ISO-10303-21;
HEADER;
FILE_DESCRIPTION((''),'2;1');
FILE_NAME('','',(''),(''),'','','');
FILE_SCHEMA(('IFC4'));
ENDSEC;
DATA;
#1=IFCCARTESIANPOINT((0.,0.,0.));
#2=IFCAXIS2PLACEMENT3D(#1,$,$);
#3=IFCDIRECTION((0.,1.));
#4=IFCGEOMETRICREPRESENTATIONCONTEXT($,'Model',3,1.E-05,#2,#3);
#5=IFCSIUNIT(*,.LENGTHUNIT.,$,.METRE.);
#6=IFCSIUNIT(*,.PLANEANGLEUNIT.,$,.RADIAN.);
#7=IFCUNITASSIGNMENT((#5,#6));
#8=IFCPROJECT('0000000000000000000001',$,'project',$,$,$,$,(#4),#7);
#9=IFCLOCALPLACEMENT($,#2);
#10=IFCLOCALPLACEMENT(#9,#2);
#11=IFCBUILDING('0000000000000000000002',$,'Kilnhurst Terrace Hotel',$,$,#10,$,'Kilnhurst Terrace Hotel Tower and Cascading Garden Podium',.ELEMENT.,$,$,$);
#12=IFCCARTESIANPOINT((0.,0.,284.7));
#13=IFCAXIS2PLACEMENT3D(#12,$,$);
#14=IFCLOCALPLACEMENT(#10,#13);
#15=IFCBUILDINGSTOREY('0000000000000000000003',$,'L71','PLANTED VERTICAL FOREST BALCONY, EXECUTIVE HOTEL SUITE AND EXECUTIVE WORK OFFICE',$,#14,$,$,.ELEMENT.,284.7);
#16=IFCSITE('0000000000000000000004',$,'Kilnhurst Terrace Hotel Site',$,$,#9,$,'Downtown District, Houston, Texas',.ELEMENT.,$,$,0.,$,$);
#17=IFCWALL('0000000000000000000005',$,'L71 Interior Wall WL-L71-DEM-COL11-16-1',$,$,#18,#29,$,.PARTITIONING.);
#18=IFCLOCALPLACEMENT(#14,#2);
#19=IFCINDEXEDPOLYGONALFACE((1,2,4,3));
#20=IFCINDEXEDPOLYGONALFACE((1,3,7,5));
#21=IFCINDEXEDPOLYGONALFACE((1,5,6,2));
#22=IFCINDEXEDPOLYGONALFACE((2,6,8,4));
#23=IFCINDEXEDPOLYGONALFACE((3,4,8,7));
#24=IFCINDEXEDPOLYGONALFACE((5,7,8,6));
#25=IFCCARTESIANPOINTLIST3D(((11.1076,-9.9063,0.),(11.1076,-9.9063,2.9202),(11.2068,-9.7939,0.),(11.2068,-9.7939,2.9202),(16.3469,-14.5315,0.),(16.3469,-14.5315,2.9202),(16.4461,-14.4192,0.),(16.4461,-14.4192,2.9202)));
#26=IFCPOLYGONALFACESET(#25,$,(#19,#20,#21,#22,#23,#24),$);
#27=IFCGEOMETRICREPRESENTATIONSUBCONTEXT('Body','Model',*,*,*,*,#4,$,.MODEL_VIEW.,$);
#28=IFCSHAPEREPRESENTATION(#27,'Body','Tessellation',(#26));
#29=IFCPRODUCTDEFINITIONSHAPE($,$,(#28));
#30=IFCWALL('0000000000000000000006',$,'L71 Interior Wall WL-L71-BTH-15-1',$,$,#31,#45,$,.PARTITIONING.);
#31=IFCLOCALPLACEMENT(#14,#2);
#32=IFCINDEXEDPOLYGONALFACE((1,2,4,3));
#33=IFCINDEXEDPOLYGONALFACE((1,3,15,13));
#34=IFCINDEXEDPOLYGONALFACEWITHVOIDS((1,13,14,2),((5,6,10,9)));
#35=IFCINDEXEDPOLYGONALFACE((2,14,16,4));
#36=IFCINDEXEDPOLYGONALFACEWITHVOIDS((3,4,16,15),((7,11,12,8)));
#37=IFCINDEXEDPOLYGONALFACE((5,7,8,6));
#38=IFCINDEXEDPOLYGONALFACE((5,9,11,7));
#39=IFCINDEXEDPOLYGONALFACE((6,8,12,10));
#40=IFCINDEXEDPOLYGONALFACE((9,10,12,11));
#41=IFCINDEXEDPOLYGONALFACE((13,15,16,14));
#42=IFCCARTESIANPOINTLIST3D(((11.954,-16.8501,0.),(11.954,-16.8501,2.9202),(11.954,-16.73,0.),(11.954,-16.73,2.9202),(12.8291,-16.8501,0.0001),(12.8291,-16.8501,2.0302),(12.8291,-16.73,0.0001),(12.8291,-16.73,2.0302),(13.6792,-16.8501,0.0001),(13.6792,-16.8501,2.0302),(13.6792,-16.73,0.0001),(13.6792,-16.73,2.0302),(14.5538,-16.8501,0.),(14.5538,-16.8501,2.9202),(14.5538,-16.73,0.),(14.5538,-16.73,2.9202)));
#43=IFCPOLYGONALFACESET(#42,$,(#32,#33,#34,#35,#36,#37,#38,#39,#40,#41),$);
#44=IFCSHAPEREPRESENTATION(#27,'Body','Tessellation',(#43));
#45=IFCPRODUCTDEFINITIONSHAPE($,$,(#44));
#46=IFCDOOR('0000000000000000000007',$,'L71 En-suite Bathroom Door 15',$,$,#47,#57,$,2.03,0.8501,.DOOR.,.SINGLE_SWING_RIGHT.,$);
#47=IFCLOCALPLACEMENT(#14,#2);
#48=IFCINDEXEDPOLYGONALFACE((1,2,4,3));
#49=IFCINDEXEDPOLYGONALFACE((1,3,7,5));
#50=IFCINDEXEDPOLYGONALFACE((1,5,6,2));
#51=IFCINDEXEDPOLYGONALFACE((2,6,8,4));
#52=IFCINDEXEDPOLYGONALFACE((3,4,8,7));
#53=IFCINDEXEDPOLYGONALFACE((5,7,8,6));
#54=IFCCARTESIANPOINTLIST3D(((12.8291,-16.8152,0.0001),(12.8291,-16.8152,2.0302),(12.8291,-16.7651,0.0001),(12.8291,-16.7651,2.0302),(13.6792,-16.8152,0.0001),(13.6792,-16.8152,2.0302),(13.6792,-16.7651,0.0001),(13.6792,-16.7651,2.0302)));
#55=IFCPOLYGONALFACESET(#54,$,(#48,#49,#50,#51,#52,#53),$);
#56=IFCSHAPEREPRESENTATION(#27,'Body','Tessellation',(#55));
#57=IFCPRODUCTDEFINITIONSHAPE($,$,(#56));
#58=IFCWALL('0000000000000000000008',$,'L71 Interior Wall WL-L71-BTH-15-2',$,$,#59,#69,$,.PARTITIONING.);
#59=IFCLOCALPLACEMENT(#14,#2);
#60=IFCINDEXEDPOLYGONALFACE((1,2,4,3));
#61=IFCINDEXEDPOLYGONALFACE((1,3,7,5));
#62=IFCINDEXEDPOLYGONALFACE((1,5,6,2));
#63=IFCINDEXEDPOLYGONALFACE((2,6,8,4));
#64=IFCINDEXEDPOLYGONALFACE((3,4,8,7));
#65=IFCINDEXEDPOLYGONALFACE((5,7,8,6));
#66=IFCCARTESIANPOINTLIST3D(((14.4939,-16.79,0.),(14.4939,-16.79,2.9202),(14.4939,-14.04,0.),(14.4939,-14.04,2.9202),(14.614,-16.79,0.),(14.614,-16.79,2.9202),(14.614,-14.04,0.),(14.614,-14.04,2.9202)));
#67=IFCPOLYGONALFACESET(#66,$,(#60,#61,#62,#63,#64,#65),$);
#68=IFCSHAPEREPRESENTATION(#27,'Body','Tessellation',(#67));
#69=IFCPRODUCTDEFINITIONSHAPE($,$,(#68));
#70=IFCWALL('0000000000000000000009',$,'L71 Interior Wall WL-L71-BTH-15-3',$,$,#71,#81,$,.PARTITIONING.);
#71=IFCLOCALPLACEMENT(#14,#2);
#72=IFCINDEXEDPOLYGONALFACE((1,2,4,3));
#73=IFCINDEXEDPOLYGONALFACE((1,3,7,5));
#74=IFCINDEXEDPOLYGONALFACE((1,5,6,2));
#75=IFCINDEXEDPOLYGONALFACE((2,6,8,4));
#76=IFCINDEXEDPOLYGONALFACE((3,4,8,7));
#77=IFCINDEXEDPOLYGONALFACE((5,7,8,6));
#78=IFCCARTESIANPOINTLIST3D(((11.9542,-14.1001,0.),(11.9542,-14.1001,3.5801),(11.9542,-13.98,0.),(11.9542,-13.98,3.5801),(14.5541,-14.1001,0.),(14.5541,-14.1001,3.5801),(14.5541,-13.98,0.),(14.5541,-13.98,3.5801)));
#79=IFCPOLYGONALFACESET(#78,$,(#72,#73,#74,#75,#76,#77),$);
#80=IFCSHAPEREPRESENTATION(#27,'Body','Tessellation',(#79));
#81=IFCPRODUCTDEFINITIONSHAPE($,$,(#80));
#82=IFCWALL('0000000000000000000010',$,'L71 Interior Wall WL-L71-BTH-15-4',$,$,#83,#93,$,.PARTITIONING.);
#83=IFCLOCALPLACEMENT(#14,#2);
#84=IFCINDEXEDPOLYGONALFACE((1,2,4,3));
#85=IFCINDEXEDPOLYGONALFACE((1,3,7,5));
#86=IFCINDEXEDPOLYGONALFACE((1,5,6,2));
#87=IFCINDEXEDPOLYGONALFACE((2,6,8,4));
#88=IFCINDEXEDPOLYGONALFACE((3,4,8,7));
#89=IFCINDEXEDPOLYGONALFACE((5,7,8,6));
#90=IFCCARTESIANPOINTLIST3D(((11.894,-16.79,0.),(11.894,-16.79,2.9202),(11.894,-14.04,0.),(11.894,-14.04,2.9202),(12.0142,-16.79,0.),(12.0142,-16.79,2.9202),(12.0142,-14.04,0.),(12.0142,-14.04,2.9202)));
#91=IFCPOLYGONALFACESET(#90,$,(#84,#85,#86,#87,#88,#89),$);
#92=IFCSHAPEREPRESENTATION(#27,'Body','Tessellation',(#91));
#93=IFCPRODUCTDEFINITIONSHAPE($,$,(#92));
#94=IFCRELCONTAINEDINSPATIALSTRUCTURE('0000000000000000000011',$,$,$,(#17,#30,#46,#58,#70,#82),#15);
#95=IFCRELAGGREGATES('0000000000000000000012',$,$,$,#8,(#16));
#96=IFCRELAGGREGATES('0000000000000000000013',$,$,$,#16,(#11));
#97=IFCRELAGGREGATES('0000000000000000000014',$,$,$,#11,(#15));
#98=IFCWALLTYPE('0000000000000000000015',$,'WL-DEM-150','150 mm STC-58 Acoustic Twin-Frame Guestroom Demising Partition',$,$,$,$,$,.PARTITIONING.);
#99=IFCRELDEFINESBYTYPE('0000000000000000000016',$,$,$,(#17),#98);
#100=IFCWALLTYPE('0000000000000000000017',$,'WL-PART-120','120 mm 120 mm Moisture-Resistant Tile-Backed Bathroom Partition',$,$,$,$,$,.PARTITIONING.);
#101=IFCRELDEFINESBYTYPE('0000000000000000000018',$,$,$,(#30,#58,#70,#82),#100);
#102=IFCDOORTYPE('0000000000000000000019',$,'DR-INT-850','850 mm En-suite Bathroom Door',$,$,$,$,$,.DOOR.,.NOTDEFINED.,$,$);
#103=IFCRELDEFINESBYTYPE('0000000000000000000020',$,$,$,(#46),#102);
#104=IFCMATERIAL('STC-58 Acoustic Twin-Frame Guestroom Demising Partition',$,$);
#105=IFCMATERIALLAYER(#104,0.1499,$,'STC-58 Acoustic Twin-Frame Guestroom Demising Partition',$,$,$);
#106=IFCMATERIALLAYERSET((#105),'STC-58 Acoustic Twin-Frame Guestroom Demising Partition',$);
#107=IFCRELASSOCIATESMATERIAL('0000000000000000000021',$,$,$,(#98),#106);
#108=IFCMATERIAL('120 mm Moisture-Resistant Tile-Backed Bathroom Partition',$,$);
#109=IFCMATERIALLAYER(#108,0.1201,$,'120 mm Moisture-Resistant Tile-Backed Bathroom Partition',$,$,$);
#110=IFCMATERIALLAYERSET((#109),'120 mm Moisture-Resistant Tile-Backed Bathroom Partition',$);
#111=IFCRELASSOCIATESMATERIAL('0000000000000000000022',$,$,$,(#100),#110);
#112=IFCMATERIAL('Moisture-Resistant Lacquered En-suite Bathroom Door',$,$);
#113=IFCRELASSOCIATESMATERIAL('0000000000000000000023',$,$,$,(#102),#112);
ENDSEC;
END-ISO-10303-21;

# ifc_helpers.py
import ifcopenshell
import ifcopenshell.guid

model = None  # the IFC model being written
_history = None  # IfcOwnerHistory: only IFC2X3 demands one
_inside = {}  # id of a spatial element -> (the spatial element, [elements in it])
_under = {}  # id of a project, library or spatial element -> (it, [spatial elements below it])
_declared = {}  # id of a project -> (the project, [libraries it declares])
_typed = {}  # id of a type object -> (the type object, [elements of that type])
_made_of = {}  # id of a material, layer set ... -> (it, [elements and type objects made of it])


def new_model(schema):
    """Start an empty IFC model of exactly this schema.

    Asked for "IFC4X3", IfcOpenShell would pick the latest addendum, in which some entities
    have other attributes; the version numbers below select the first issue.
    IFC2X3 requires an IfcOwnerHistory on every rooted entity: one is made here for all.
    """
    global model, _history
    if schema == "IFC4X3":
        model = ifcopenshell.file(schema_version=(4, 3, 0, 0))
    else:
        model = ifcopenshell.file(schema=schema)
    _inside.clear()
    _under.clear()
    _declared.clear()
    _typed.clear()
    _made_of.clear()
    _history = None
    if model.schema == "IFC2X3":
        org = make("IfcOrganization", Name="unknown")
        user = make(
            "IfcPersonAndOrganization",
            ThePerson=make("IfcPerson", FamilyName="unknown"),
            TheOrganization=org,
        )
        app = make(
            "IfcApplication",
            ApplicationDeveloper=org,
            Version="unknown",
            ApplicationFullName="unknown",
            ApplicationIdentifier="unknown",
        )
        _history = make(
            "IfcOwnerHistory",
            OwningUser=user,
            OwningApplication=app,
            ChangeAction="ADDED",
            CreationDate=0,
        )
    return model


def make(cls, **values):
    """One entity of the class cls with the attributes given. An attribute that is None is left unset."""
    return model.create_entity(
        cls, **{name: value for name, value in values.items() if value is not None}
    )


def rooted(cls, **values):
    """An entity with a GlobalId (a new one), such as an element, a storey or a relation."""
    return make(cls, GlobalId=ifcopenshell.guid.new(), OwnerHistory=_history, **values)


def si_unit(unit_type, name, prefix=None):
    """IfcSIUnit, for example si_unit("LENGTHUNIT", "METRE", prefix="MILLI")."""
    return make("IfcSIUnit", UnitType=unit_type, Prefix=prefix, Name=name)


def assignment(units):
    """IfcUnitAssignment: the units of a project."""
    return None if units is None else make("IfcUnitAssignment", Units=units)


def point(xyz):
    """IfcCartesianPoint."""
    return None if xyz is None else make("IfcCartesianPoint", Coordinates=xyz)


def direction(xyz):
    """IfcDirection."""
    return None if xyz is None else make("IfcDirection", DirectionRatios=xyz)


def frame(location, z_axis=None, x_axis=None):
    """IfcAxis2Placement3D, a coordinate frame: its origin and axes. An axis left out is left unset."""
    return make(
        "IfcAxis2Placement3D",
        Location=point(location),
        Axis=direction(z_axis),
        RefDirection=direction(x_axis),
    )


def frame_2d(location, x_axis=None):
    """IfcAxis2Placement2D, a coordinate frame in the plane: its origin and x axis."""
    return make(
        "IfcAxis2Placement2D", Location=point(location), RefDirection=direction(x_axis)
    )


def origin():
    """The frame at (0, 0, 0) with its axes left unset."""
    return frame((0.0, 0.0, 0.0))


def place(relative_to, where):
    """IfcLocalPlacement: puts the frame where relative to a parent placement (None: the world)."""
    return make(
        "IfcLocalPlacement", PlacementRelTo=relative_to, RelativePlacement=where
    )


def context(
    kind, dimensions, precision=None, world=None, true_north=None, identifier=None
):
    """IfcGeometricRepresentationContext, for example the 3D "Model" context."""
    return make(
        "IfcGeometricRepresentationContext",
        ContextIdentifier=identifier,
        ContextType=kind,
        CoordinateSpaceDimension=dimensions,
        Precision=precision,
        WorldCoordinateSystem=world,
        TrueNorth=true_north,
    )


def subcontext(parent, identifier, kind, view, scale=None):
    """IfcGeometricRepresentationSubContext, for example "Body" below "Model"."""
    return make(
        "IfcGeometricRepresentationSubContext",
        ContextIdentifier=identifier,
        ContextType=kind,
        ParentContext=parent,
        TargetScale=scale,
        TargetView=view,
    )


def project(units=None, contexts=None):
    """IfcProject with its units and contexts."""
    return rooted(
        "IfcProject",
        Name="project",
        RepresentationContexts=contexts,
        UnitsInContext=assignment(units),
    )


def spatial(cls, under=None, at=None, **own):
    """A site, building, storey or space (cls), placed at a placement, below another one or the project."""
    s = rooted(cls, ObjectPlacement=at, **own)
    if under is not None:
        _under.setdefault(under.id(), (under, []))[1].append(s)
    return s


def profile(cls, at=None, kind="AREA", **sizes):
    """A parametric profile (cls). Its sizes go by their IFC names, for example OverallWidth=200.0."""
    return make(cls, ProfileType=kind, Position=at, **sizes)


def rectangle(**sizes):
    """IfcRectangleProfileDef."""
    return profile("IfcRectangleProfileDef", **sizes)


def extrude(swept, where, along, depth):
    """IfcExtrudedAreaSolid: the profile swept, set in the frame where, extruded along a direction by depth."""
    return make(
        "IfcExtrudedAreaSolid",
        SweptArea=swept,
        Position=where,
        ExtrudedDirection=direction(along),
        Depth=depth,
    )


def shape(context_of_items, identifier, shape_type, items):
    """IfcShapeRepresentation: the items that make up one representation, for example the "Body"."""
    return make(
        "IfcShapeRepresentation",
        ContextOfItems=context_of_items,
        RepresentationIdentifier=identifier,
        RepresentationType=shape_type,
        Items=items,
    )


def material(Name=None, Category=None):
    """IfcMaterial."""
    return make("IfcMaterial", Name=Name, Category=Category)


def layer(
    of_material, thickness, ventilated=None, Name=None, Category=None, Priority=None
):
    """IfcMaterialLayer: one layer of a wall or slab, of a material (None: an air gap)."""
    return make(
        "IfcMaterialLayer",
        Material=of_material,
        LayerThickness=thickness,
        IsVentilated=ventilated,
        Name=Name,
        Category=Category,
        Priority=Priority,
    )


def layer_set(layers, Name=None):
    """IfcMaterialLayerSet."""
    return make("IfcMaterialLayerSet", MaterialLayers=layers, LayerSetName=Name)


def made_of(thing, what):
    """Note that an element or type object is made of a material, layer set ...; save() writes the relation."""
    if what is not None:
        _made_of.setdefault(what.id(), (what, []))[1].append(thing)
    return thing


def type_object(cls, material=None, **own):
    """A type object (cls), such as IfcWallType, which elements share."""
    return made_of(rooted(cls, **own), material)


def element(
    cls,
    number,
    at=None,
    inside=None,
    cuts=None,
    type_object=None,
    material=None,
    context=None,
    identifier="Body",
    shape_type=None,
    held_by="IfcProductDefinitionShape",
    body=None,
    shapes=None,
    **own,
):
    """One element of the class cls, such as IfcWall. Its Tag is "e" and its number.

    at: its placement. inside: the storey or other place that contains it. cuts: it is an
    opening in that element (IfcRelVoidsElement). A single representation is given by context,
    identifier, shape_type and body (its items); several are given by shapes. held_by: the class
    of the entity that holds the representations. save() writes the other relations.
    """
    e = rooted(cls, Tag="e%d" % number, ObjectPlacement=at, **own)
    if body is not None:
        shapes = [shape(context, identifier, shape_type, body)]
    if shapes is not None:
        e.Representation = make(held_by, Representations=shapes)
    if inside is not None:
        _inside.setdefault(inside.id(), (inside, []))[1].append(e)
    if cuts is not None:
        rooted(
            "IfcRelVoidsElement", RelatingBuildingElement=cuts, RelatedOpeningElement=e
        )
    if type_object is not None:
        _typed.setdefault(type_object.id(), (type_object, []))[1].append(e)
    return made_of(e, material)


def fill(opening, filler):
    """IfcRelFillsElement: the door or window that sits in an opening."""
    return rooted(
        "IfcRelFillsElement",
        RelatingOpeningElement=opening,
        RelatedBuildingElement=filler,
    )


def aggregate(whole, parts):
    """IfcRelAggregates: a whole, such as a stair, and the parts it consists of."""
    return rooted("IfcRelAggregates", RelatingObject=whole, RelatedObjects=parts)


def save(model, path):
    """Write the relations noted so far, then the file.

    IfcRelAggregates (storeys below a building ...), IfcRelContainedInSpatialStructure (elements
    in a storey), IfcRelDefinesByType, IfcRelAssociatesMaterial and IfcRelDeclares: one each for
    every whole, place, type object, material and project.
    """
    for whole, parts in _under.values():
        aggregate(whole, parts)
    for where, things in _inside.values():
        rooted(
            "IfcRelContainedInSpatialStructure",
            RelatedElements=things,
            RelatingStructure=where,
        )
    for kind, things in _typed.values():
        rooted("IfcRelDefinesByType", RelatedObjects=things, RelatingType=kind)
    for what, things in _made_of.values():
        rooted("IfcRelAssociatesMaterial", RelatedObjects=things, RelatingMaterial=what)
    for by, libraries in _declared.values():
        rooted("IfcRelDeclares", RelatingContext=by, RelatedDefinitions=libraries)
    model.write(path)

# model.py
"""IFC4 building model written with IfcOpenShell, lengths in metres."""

from ifc_helpers import new_model, si_unit, direction, frame, frame_2d, origin, place, context, subcontext, project, spatial, rectangle, extrude, material, layer, layer_set, type_object, element, fill, save


model = new_model("IFC4")

# Units and contexts
model_context = context("Model", 3, precision=1e-05, world=origin(), true_north=direction((0.0, 1.0)))
body_context = subcontext(model_context, "Body", "Model", "MODEL_VIEW")
ifc_project = project(units=[si_unit("LENGTHUNIT", "METRE"), si_unit("PLANEANGLEUNIT", "RADIAN")], contexts=[model_context])

# Site, building, storey
site_placement = place(None, origin())
site = spatial("IfcSite", under=ifc_project, at=site_placement, Name="Kilnhurst Terrace Hotel Site", LongName="Downtown District, Houston, Texas", CompositionType="ELEMENT", RefElevation=0.0)
building_placement = place(site_placement, origin())
building = spatial("IfcBuilding", under=site, at=building_placement, Name="Kilnhurst Terrace Hotel", LongName="Kilnhurst Terrace Hotel Tower and Cascading Garden Podium", CompositionType="ELEMENT")
storey_placement = place(building_placement, frame((0.0, 0.0, 284.7)))
storey = spatial("IfcBuildingStorey", under=building, at=storey_placement, Name="L71", Description="PLANTED VERTICAL FOREST BALCONY, EXECUTIVE HOTEL SUITE AND EXECUTIVE WORK OFFICE", CompositionType="ELEMENT", Elevation=284.7)

# Wall
ifc_material_1 = material(Name="STC-58 Acoustic Twin-Frame Guestroom Demising Partition")
ifc_layer_1 = layer(ifc_material_1, 0.1499, Name="STC-58 Acoustic Twin-Frame Guestroom Demising Partition")
ifc_layer_set_1 = layer_set([ifc_layer_1], Name="STC-58 Acoustic Twin-Frame Guestroom Demising Partition")
wall_type_1 = type_object("IfcWallType", Name="WL-DEM-150", Description="150 mm STC-58 Acoustic Twin-Frame Guestroom Demising Partition", PredefinedType="PARTITIONING", material=ifc_layer_set_1)
wall_1_placement = place(storey_placement, frame((11.1572, -9.8501, 0.0), z_axis=(0.0, 0.0, 1.0), x_axis=(0.74967, -0.661812, 0.0)))
element("IfcWall", 1, at=wall_1_placement, inside=storey, type_object=wall_type_1, Name="L71 Interior Wall WL-L71-DEM-COL11-16-1", PredefinedType="PARTITIONING", context=body_context, shape_type="SweptSolid", body=[
    extrude(rectangle(XDim=6.9888, YDim=0.1499, at=frame_2d((3.4944, 0.0))), origin(), (0.0, 0.0, 1.0), 2.9202),
])

# Wall, opening, door
ifc_material_2 = material(Name="120 mm Moisture-Resistant Tile-Backed Bathroom Partition")
ifc_layer_2 = layer(ifc_material_2, 0.1201, Name="120 mm Moisture-Resistant Tile-Backed Bathroom Partition")
ifc_layer_set_2 = layer_set([ifc_layer_2], Name="120 mm Moisture-Resistant Tile-Backed Bathroom Partition")
wall_type_2 = type_object("IfcWallType", Name="WL-PART-120", Description="120 mm 120 mm Moisture-Resistant Tile-Backed Bathroom Partition", PredefinedType="PARTITIONING", material=ifc_layer_set_2)
wall_2_placement = place(storey_placement, frame((11.9541, -16.79, 0.0), z_axis=(0.0, 0.0, 1.0), x_axis=(1.0, 0.0, 0.0)))
wall_2 = element("IfcWall", 2, at=wall_2_placement, inside=storey, type_object=wall_type_2, Name="L71 Interior Wall WL-L71-BTH-15-1", PredefinedType="PARTITIONING", context=body_context, shape_type="SweptSolid", body=[
    extrude(rectangle(XDim=2.5999, YDim=0.1201, at=frame_2d((1.2998, 0.0))), origin(), (0.0, 0.0, 1.0), 2.9202),
])
opening_1_placement = place(wall_2_placement, frame((0.875, 0.0, 0.0)))
opening_1 = element("IfcOpeningElement", 3, at=opening_1_placement, cuts=wall_2, PredefinedType="OPENING", context=body_context, shape_type="SweptSolid", body=[
    extrude(rectangle(XDim=0.8501, YDim=2.03, at=frame_2d((0.425, 1.0151))), frame((0.0, 0.0701, 0.0), z_axis=(0.0, -1.0, 0.0), x_axis=(1.0, 0.0, 0.0)), (0.0, 0.0, 1.0), 0.1401),
])
ifc_material_3 = material(Name="Moisture-Resistant Lacquered En-suite Bathroom Door")
door_type_1 = type_object("IfcDoorType", Name="DR-INT-850", Description="850 mm En-suite Bathroom Door", OperationType="NOTDEFINED", PredefinedType="DOOR", material=ifc_material_3)
door_1_placement = place(opening_1_placement, origin())
door_1 = element("IfcDoor", 4, at=door_1_placement, inside=storey, type_object=door_type_1, Name="L71 En-suite Bathroom Door 15", OperationType="SINGLE_SWING_RIGHT", OverallHeight=2.03, OverallWidth=0.8501, PredefinedType="DOOR", context=body_context, shape_type="SweptSolid", body=[
    extrude(rectangle(XDim=0.8501, YDim=2.03, at=frame_2d((0.425, 1.0151))), frame((0.0, 0.0249, 0.0), z_axis=(0.0, -1.0, 0.0), x_axis=(1.0, 0.0, 0.0)), (0.0, 0.0, 1.0), 0.05),
])
fill(opening_1, door_1)

# Walls
wall_3_placement = place(storey_placement, frame((14.554, -16.79, 0.0), z_axis=(0.0, 0.0, 1.0), x_axis=(0.0, 1.0, 0.0)))
element("IfcWall", 5, at=wall_3_placement, inside=storey, type_object=wall_type_2, Name="L71 Interior Wall WL-L71-BTH-15-2", PredefinedType="PARTITIONING", context=body_context, shape_type="SweptSolid", body=[
    extrude(rectangle(XDim=2.75, YDim=0.1201, at=frame_2d((1.375, 0.0))), origin(), (0.0, 0.0, 1.0), 2.9202),
])
wall_4_placement = place(storey_placement, frame((14.554, -14.04, 0.0), z_axis=(0.0, 0.0, 1.0), x_axis=(-1.0, 0.0, 0.0)))
element("IfcWall", 6, at=wall_4_placement, inside=storey, type_object=wall_type_2, Name="L71 Interior Wall WL-L71-BTH-15-3", PredefinedType="PARTITIONING", context=body_context, shape_type="SweptSolid", body=[
    extrude(rectangle(XDim=2.5999, YDim=0.1201, at=frame_2d((1.2998, 0.0))), origin(), (0.0, 0.0, 1.0), 3.5801),
])
wall_5_placement = place(storey_placement, frame((11.9541, -14.04, 0.0), z_axis=(0.0, 0.0, 1.0), x_axis=(0.0, -1.0, 0.0)))
element("IfcWall", 7, at=wall_5_placement, inside=storey, type_object=wall_type_2, Name="L71 Interior Wall WL-L71-BTH-15-4", PredefinedType="PARTITIONING", context=body_context, shape_type="SweptSolid", body=[
    extrude(rectangle(XDim=2.75, YDim=0.1201, at=frame_2d((1.375, 0.0))), origin(), (0.0, 0.0, 1.0), 2.9202),
])

save(model, "model.ifc")
